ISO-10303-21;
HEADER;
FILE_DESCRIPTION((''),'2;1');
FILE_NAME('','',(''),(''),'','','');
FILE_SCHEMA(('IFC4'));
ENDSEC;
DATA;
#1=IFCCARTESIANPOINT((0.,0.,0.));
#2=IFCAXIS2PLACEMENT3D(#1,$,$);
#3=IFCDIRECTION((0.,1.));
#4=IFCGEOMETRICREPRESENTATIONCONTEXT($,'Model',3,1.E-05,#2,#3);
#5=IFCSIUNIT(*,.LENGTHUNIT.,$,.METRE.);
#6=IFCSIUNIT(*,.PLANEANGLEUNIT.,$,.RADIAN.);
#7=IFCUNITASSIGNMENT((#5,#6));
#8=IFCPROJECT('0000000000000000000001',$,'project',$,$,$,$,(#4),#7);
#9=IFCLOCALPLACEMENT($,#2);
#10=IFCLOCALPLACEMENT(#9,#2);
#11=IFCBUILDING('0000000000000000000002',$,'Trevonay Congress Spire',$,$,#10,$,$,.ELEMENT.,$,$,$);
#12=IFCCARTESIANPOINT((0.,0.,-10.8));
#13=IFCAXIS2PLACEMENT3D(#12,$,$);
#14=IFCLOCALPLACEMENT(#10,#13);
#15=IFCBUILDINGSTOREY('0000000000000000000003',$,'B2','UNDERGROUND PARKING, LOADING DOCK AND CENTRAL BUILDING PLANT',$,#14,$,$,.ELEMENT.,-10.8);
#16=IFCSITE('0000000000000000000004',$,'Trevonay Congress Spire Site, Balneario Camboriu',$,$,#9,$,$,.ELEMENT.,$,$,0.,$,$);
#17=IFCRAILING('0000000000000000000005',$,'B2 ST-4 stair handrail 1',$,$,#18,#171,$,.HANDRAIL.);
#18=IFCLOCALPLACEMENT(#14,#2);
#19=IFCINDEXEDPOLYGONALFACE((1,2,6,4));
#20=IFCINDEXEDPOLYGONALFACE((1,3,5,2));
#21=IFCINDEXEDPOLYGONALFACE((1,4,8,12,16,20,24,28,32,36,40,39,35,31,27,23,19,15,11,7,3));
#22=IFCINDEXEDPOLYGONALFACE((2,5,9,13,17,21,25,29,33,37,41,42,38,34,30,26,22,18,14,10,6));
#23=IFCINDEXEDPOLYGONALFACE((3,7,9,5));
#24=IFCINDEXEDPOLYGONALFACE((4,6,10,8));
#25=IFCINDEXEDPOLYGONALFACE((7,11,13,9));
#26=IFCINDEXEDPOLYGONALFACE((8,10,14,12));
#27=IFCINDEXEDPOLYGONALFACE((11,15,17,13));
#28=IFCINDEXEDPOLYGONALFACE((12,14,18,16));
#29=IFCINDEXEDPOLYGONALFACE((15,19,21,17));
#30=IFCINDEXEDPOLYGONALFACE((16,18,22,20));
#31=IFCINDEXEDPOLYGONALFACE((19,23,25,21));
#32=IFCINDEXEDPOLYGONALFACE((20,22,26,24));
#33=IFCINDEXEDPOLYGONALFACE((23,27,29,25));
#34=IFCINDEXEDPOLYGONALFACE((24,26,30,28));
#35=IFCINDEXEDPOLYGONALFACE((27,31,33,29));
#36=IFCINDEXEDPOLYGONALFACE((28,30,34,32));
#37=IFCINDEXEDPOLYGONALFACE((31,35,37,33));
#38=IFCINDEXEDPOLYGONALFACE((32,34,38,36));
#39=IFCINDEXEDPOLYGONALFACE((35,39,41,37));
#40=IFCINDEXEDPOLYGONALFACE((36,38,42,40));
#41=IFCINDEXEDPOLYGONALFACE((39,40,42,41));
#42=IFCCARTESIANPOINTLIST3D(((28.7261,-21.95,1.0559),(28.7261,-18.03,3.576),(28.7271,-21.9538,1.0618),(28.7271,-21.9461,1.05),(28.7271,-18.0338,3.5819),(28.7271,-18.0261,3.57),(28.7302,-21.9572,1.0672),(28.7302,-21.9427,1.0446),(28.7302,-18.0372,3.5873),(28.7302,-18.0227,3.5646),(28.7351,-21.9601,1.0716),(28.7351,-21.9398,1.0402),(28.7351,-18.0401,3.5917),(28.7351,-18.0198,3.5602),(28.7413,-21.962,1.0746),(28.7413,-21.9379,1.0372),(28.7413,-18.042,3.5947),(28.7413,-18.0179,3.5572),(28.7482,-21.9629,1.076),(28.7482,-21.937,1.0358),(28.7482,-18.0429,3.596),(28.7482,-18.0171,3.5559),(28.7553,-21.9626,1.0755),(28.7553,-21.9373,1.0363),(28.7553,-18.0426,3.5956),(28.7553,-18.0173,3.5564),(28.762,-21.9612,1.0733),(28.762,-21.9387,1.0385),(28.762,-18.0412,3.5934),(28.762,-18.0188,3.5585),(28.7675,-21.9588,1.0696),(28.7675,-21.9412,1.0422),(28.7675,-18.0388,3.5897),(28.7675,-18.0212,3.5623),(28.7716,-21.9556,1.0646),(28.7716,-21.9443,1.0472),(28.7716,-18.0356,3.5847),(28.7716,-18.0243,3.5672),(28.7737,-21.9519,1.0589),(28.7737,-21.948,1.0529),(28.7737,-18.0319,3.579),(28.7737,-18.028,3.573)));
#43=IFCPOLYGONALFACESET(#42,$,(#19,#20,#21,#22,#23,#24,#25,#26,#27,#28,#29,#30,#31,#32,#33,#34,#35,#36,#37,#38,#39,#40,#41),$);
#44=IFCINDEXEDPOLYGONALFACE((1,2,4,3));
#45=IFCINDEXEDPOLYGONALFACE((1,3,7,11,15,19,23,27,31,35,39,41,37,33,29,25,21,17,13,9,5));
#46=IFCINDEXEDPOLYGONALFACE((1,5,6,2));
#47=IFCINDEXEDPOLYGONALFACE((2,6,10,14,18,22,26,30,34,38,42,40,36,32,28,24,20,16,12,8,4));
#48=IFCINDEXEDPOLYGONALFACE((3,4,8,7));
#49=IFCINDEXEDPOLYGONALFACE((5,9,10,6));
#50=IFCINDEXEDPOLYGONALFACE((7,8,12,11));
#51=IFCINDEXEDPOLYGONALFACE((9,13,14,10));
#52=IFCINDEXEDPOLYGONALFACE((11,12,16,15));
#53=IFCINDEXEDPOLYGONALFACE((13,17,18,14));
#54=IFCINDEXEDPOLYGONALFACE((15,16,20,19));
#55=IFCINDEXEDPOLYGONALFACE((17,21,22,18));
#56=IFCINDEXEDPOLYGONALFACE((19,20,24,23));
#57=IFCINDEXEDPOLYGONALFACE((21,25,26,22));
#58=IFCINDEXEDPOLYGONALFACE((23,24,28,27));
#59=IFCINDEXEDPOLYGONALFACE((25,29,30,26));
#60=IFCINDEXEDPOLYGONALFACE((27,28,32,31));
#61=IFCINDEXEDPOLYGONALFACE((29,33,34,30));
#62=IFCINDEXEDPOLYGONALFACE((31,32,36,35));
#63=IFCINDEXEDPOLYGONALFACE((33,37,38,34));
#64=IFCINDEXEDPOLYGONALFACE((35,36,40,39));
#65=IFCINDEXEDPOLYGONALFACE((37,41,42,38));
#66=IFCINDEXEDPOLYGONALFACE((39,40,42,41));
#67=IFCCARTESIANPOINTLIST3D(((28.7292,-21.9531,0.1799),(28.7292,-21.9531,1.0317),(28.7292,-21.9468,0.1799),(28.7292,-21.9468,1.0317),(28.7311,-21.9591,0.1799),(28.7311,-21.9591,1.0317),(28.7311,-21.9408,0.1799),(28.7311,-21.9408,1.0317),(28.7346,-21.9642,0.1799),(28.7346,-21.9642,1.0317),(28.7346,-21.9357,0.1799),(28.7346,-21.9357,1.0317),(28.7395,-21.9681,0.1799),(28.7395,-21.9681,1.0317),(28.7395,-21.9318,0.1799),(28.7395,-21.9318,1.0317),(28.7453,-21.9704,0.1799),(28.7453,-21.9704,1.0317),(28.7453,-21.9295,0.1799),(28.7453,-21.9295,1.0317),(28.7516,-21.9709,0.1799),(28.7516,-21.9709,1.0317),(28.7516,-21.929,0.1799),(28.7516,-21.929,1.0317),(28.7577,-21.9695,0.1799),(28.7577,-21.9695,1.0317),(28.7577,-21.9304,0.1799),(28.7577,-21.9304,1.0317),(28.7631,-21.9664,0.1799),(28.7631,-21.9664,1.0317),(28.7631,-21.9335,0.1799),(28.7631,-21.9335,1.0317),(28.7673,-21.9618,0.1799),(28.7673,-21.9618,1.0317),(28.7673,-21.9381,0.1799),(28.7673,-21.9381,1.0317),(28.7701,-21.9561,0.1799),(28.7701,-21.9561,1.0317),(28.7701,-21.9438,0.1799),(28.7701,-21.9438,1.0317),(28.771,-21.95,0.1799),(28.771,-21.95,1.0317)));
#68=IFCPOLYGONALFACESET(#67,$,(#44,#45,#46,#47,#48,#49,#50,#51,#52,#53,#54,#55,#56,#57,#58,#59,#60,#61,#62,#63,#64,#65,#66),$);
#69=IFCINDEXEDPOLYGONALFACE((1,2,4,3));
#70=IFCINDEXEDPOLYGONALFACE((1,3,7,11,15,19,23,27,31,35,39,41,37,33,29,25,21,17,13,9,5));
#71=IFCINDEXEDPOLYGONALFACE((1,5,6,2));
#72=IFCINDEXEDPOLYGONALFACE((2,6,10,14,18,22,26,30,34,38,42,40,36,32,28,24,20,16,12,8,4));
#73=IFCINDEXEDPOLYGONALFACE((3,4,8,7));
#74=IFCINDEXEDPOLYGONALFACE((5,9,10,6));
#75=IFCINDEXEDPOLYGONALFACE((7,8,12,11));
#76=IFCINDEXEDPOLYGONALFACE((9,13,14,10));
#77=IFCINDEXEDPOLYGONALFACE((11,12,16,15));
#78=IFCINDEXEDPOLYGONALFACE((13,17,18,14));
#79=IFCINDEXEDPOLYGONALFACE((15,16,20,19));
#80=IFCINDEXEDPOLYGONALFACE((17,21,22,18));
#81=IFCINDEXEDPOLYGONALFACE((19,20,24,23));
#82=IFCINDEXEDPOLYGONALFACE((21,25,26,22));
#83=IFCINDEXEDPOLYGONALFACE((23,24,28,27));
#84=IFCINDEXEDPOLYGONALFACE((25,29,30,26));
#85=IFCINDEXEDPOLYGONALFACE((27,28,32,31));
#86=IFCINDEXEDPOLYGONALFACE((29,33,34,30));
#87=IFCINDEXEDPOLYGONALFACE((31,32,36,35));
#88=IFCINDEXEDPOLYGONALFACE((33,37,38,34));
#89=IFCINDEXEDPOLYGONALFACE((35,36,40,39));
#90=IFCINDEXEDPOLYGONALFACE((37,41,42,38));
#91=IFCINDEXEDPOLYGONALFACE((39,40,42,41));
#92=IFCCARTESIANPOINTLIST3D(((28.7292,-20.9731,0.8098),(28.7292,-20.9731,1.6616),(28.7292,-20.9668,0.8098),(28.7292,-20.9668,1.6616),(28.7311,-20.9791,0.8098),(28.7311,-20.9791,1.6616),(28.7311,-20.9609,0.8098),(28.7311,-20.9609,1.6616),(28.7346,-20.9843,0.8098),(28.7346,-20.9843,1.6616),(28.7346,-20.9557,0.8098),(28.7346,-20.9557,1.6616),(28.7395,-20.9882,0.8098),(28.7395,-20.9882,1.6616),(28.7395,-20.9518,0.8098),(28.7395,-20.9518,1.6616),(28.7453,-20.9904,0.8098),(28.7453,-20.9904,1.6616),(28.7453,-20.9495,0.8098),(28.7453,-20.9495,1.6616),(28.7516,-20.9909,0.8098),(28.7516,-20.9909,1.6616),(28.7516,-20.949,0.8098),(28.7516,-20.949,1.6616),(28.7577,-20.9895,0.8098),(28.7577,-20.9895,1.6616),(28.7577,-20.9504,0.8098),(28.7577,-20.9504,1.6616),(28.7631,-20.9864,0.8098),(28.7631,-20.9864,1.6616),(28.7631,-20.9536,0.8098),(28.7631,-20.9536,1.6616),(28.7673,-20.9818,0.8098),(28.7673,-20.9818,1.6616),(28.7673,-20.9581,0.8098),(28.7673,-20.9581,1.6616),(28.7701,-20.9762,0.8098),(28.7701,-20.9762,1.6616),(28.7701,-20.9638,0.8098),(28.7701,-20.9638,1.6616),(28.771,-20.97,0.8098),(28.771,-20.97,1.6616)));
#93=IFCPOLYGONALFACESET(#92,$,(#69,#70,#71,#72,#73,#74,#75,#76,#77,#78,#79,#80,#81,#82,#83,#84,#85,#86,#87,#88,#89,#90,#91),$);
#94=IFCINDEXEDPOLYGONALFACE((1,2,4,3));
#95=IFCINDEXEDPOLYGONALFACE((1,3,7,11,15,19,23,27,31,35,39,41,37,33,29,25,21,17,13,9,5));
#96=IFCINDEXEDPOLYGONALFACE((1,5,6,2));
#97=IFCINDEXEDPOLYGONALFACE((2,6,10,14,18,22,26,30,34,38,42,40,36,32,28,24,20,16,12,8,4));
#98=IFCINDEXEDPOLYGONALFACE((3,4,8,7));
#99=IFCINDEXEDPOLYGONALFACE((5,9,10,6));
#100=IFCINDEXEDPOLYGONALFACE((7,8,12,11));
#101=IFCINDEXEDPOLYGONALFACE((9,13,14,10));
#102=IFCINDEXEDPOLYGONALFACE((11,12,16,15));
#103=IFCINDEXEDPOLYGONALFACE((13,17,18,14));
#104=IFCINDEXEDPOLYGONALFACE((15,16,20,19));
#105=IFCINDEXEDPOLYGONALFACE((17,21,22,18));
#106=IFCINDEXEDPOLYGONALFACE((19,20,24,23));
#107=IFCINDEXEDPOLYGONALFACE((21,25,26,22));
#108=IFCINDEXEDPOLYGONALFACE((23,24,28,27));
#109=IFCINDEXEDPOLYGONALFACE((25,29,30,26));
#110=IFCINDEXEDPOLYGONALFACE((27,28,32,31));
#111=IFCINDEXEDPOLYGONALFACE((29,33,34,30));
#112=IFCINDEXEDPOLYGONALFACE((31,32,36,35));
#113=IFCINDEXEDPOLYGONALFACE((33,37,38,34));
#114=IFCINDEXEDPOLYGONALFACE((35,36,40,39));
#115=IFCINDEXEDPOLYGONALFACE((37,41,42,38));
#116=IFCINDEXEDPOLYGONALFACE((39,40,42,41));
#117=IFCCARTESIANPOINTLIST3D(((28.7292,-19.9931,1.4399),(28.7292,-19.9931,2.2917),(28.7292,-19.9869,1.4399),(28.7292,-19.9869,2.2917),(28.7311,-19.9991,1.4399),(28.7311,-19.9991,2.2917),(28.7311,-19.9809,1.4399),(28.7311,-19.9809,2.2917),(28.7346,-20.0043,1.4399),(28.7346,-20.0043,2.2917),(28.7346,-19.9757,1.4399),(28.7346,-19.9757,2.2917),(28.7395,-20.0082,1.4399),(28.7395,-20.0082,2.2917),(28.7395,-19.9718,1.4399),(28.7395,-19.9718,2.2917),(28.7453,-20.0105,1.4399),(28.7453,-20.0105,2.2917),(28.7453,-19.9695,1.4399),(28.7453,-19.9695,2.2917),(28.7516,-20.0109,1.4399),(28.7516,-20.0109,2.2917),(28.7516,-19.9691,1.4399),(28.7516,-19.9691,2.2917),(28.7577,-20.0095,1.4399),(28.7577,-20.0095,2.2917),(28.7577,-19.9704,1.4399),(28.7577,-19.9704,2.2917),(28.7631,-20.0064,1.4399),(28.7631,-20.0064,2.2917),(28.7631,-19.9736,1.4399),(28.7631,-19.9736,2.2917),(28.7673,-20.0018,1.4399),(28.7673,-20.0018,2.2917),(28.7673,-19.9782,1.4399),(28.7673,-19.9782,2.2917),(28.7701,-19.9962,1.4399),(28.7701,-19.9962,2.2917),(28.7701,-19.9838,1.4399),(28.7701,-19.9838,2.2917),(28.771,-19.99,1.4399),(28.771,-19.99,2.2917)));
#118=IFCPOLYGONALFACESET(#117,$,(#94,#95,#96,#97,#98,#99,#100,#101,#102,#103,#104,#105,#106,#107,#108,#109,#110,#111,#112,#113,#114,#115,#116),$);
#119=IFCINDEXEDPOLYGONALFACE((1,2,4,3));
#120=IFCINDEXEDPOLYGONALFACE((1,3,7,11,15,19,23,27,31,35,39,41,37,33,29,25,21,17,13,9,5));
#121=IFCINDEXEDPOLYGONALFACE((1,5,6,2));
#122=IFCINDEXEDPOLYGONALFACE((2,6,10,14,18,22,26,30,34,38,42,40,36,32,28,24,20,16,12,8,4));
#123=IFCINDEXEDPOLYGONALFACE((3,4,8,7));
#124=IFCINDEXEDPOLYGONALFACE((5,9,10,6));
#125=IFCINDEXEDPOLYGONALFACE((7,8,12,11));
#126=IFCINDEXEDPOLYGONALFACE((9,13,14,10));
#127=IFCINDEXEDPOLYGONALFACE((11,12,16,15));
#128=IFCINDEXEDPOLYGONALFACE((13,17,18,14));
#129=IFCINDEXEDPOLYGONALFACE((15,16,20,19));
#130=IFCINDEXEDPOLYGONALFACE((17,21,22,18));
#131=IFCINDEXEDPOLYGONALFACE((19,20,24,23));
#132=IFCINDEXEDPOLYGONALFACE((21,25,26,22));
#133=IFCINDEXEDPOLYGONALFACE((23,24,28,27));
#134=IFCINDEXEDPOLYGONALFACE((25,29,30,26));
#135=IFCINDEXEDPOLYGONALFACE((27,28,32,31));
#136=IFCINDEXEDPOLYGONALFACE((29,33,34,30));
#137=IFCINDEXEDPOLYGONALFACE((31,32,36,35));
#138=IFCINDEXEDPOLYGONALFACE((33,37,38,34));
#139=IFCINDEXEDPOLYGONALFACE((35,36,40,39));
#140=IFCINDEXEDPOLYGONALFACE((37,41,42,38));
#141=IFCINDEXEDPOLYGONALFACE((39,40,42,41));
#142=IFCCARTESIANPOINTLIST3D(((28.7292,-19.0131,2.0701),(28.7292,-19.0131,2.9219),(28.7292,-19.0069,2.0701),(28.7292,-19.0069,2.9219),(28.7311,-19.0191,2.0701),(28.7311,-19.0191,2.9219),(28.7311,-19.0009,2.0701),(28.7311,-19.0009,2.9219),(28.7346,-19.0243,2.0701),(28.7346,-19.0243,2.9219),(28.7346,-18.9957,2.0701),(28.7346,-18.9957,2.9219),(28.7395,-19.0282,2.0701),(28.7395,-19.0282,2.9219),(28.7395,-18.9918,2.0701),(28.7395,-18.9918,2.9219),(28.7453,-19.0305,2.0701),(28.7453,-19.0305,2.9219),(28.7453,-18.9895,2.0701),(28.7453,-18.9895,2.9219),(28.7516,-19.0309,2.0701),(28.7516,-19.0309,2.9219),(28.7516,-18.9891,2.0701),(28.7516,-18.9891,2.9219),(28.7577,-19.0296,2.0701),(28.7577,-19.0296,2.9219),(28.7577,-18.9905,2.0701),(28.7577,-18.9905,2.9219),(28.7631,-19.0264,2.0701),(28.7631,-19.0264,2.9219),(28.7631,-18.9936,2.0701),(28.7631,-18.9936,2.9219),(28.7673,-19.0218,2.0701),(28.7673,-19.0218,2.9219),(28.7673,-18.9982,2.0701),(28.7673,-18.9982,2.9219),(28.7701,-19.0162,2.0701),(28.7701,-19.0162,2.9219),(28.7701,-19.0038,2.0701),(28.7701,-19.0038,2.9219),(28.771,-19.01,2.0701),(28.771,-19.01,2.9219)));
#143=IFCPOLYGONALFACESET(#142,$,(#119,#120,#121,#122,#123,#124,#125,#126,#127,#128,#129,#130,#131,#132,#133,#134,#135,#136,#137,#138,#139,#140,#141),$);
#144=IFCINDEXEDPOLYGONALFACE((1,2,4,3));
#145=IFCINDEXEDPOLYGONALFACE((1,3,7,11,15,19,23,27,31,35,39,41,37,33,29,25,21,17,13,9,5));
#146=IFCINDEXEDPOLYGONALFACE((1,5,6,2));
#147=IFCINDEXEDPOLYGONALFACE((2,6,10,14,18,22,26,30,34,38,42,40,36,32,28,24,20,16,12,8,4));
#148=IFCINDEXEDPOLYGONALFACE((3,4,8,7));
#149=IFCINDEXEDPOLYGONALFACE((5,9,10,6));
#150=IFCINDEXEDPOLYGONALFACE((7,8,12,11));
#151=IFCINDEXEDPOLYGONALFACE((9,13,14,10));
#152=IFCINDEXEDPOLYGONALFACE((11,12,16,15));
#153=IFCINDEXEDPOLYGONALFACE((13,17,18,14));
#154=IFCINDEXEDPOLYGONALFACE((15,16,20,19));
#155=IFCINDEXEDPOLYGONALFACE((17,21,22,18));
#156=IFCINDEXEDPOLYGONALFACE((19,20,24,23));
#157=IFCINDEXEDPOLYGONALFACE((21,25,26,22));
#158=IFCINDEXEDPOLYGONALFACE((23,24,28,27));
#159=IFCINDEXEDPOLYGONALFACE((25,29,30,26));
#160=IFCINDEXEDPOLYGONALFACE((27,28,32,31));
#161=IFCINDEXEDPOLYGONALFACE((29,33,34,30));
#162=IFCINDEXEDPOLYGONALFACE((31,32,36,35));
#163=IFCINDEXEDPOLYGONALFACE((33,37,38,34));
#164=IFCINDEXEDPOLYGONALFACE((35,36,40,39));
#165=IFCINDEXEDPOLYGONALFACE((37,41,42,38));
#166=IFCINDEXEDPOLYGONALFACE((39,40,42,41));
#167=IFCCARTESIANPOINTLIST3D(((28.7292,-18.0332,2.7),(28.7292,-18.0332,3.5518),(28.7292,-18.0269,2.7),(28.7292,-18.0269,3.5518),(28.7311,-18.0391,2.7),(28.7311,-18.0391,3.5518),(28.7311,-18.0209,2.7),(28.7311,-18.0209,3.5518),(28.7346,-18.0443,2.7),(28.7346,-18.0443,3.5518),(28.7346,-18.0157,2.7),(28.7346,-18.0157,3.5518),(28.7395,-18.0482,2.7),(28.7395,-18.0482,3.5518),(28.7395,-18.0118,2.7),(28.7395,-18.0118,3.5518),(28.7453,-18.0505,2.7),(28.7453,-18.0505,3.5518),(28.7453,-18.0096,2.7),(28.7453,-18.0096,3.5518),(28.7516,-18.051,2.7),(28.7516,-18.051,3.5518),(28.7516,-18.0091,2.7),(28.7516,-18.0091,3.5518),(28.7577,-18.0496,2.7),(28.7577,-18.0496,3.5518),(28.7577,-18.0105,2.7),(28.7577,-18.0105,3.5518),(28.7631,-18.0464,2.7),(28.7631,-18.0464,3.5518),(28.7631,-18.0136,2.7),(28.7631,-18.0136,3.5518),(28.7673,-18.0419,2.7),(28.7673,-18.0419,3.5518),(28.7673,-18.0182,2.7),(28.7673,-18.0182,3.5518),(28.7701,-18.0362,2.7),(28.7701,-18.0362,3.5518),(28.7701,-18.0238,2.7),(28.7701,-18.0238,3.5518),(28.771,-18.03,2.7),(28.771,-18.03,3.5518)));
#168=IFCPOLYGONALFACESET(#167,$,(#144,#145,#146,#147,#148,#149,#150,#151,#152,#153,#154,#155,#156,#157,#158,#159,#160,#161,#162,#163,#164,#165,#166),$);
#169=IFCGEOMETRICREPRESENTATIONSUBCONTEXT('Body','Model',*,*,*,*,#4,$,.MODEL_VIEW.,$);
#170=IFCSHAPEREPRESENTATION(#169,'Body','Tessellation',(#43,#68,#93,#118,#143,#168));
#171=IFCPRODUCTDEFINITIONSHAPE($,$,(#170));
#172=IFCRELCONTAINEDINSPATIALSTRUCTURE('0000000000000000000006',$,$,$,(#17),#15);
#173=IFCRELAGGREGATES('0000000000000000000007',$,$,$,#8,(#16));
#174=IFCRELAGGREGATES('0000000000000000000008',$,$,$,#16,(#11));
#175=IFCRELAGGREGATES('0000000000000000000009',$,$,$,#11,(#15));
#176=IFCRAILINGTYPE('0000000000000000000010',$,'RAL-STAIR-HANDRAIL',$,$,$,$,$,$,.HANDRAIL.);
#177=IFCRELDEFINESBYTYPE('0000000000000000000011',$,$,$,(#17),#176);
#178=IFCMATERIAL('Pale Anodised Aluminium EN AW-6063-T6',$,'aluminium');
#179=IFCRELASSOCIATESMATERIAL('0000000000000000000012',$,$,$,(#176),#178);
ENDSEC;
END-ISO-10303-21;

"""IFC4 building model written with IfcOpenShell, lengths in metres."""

from ifc_helpers import new_model, si_unit, direction, frame, origin, origin_2d, place, context, subcontext, project, spatial, circle, extrude, material, type_object, element, save


model = new_model("IFC4")

# Units and contexts
model_context = context("Model", 3, precision=1e-05, world=origin(), true_north=direction((0.0, 1.0)))
body_context = subcontext(model_context, "Body", "Model", "MODEL_VIEW")
ifc_project = project(units=[si_unit("LENGTHUNIT", "METRE"), si_unit("PLANEANGLEUNIT", "RADIAN")], contexts=[model_context])

# Site, building, storey
site_placement = place(None, origin())
site = spatial("IfcSite", under=ifc_project, at=site_placement, Name="Trevonay Congress Spire Site, Balneario Camboriu", CompositionType="ELEMENT", RefElevation=0.0)
building_placement = place(site_placement, origin())
building = spatial("IfcBuilding", under=site, at=building_placement, Name="Trevonay Congress Spire", CompositionType="ELEMENT")
storey_placement = place(building_placement, frame((0.0, 0.0, -10.8)))
storey = spatial("IfcBuildingStorey", under=building, at=storey_placement, Name="B2", Description="UNDERGROUND PARKING, LOADING DOCK AND CENTRAL BUILDING PLANT", CompositionType="ELEMENT", Elevation=-10.8)

# Railing
ifc_material_1 = material(Name="Pale Anodised Aluminium EN AW-6063-T6", Category="aluminium")
railing_type_1 = type_object("IfcRailingType", Name="RAL-STAIR-HANDRAIL", PredefinedType="HANDRAIL", material=ifc_material_1)
railing_1_placement = place(storey_placement, frame((28.75, -21.95, 0.1799)))
element("IfcRailing", 1, at=railing_1_placement, inside=storey, type_object=railing_type_1, Name="B2 ST-4 stair handrail 1", PredefinedType="HANDRAIL", context=body_context, shape_type="SweptSolid", body=[
    extrude(circle(Radius=0.0239, at=origin_2d()), frame((0.0, 0.0, 0.876), z_axis=(0.0, 0.841172, 0.540768), x_axis=(-1.0, 0.0, 0.0)), (0.0, 0.0, 1.0), 4.6602),
    extrude(circle(Radius=0.021, at=origin_2d()), origin(), (0.0, 0.0, 1.0), 0.8518),
    extrude(circle(Radius=0.021, at=origin_2d()), frame((0.0, 0.98, 0.6299)), (0.0, 0.0, 1.0), 0.8518),
    extrude(circle(Radius=0.021, at=origin_2d()), frame((0.0, 1.96, 1.26)), (0.0, 0.0, 1.0), 0.8518),
    extrude(circle(Radius=0.021, at=origin_2d()), frame((0.0, 2.9399, 1.8901)), (0.0, 0.0, 1.0), 0.8518),
    extrude(circle(Radius=0.021, at=origin_2d()), frame((0.0, 3.9199, 2.52)), (0.0, 0.0, 1.0), 0.8518),
])

save(model, "model.ifc")
